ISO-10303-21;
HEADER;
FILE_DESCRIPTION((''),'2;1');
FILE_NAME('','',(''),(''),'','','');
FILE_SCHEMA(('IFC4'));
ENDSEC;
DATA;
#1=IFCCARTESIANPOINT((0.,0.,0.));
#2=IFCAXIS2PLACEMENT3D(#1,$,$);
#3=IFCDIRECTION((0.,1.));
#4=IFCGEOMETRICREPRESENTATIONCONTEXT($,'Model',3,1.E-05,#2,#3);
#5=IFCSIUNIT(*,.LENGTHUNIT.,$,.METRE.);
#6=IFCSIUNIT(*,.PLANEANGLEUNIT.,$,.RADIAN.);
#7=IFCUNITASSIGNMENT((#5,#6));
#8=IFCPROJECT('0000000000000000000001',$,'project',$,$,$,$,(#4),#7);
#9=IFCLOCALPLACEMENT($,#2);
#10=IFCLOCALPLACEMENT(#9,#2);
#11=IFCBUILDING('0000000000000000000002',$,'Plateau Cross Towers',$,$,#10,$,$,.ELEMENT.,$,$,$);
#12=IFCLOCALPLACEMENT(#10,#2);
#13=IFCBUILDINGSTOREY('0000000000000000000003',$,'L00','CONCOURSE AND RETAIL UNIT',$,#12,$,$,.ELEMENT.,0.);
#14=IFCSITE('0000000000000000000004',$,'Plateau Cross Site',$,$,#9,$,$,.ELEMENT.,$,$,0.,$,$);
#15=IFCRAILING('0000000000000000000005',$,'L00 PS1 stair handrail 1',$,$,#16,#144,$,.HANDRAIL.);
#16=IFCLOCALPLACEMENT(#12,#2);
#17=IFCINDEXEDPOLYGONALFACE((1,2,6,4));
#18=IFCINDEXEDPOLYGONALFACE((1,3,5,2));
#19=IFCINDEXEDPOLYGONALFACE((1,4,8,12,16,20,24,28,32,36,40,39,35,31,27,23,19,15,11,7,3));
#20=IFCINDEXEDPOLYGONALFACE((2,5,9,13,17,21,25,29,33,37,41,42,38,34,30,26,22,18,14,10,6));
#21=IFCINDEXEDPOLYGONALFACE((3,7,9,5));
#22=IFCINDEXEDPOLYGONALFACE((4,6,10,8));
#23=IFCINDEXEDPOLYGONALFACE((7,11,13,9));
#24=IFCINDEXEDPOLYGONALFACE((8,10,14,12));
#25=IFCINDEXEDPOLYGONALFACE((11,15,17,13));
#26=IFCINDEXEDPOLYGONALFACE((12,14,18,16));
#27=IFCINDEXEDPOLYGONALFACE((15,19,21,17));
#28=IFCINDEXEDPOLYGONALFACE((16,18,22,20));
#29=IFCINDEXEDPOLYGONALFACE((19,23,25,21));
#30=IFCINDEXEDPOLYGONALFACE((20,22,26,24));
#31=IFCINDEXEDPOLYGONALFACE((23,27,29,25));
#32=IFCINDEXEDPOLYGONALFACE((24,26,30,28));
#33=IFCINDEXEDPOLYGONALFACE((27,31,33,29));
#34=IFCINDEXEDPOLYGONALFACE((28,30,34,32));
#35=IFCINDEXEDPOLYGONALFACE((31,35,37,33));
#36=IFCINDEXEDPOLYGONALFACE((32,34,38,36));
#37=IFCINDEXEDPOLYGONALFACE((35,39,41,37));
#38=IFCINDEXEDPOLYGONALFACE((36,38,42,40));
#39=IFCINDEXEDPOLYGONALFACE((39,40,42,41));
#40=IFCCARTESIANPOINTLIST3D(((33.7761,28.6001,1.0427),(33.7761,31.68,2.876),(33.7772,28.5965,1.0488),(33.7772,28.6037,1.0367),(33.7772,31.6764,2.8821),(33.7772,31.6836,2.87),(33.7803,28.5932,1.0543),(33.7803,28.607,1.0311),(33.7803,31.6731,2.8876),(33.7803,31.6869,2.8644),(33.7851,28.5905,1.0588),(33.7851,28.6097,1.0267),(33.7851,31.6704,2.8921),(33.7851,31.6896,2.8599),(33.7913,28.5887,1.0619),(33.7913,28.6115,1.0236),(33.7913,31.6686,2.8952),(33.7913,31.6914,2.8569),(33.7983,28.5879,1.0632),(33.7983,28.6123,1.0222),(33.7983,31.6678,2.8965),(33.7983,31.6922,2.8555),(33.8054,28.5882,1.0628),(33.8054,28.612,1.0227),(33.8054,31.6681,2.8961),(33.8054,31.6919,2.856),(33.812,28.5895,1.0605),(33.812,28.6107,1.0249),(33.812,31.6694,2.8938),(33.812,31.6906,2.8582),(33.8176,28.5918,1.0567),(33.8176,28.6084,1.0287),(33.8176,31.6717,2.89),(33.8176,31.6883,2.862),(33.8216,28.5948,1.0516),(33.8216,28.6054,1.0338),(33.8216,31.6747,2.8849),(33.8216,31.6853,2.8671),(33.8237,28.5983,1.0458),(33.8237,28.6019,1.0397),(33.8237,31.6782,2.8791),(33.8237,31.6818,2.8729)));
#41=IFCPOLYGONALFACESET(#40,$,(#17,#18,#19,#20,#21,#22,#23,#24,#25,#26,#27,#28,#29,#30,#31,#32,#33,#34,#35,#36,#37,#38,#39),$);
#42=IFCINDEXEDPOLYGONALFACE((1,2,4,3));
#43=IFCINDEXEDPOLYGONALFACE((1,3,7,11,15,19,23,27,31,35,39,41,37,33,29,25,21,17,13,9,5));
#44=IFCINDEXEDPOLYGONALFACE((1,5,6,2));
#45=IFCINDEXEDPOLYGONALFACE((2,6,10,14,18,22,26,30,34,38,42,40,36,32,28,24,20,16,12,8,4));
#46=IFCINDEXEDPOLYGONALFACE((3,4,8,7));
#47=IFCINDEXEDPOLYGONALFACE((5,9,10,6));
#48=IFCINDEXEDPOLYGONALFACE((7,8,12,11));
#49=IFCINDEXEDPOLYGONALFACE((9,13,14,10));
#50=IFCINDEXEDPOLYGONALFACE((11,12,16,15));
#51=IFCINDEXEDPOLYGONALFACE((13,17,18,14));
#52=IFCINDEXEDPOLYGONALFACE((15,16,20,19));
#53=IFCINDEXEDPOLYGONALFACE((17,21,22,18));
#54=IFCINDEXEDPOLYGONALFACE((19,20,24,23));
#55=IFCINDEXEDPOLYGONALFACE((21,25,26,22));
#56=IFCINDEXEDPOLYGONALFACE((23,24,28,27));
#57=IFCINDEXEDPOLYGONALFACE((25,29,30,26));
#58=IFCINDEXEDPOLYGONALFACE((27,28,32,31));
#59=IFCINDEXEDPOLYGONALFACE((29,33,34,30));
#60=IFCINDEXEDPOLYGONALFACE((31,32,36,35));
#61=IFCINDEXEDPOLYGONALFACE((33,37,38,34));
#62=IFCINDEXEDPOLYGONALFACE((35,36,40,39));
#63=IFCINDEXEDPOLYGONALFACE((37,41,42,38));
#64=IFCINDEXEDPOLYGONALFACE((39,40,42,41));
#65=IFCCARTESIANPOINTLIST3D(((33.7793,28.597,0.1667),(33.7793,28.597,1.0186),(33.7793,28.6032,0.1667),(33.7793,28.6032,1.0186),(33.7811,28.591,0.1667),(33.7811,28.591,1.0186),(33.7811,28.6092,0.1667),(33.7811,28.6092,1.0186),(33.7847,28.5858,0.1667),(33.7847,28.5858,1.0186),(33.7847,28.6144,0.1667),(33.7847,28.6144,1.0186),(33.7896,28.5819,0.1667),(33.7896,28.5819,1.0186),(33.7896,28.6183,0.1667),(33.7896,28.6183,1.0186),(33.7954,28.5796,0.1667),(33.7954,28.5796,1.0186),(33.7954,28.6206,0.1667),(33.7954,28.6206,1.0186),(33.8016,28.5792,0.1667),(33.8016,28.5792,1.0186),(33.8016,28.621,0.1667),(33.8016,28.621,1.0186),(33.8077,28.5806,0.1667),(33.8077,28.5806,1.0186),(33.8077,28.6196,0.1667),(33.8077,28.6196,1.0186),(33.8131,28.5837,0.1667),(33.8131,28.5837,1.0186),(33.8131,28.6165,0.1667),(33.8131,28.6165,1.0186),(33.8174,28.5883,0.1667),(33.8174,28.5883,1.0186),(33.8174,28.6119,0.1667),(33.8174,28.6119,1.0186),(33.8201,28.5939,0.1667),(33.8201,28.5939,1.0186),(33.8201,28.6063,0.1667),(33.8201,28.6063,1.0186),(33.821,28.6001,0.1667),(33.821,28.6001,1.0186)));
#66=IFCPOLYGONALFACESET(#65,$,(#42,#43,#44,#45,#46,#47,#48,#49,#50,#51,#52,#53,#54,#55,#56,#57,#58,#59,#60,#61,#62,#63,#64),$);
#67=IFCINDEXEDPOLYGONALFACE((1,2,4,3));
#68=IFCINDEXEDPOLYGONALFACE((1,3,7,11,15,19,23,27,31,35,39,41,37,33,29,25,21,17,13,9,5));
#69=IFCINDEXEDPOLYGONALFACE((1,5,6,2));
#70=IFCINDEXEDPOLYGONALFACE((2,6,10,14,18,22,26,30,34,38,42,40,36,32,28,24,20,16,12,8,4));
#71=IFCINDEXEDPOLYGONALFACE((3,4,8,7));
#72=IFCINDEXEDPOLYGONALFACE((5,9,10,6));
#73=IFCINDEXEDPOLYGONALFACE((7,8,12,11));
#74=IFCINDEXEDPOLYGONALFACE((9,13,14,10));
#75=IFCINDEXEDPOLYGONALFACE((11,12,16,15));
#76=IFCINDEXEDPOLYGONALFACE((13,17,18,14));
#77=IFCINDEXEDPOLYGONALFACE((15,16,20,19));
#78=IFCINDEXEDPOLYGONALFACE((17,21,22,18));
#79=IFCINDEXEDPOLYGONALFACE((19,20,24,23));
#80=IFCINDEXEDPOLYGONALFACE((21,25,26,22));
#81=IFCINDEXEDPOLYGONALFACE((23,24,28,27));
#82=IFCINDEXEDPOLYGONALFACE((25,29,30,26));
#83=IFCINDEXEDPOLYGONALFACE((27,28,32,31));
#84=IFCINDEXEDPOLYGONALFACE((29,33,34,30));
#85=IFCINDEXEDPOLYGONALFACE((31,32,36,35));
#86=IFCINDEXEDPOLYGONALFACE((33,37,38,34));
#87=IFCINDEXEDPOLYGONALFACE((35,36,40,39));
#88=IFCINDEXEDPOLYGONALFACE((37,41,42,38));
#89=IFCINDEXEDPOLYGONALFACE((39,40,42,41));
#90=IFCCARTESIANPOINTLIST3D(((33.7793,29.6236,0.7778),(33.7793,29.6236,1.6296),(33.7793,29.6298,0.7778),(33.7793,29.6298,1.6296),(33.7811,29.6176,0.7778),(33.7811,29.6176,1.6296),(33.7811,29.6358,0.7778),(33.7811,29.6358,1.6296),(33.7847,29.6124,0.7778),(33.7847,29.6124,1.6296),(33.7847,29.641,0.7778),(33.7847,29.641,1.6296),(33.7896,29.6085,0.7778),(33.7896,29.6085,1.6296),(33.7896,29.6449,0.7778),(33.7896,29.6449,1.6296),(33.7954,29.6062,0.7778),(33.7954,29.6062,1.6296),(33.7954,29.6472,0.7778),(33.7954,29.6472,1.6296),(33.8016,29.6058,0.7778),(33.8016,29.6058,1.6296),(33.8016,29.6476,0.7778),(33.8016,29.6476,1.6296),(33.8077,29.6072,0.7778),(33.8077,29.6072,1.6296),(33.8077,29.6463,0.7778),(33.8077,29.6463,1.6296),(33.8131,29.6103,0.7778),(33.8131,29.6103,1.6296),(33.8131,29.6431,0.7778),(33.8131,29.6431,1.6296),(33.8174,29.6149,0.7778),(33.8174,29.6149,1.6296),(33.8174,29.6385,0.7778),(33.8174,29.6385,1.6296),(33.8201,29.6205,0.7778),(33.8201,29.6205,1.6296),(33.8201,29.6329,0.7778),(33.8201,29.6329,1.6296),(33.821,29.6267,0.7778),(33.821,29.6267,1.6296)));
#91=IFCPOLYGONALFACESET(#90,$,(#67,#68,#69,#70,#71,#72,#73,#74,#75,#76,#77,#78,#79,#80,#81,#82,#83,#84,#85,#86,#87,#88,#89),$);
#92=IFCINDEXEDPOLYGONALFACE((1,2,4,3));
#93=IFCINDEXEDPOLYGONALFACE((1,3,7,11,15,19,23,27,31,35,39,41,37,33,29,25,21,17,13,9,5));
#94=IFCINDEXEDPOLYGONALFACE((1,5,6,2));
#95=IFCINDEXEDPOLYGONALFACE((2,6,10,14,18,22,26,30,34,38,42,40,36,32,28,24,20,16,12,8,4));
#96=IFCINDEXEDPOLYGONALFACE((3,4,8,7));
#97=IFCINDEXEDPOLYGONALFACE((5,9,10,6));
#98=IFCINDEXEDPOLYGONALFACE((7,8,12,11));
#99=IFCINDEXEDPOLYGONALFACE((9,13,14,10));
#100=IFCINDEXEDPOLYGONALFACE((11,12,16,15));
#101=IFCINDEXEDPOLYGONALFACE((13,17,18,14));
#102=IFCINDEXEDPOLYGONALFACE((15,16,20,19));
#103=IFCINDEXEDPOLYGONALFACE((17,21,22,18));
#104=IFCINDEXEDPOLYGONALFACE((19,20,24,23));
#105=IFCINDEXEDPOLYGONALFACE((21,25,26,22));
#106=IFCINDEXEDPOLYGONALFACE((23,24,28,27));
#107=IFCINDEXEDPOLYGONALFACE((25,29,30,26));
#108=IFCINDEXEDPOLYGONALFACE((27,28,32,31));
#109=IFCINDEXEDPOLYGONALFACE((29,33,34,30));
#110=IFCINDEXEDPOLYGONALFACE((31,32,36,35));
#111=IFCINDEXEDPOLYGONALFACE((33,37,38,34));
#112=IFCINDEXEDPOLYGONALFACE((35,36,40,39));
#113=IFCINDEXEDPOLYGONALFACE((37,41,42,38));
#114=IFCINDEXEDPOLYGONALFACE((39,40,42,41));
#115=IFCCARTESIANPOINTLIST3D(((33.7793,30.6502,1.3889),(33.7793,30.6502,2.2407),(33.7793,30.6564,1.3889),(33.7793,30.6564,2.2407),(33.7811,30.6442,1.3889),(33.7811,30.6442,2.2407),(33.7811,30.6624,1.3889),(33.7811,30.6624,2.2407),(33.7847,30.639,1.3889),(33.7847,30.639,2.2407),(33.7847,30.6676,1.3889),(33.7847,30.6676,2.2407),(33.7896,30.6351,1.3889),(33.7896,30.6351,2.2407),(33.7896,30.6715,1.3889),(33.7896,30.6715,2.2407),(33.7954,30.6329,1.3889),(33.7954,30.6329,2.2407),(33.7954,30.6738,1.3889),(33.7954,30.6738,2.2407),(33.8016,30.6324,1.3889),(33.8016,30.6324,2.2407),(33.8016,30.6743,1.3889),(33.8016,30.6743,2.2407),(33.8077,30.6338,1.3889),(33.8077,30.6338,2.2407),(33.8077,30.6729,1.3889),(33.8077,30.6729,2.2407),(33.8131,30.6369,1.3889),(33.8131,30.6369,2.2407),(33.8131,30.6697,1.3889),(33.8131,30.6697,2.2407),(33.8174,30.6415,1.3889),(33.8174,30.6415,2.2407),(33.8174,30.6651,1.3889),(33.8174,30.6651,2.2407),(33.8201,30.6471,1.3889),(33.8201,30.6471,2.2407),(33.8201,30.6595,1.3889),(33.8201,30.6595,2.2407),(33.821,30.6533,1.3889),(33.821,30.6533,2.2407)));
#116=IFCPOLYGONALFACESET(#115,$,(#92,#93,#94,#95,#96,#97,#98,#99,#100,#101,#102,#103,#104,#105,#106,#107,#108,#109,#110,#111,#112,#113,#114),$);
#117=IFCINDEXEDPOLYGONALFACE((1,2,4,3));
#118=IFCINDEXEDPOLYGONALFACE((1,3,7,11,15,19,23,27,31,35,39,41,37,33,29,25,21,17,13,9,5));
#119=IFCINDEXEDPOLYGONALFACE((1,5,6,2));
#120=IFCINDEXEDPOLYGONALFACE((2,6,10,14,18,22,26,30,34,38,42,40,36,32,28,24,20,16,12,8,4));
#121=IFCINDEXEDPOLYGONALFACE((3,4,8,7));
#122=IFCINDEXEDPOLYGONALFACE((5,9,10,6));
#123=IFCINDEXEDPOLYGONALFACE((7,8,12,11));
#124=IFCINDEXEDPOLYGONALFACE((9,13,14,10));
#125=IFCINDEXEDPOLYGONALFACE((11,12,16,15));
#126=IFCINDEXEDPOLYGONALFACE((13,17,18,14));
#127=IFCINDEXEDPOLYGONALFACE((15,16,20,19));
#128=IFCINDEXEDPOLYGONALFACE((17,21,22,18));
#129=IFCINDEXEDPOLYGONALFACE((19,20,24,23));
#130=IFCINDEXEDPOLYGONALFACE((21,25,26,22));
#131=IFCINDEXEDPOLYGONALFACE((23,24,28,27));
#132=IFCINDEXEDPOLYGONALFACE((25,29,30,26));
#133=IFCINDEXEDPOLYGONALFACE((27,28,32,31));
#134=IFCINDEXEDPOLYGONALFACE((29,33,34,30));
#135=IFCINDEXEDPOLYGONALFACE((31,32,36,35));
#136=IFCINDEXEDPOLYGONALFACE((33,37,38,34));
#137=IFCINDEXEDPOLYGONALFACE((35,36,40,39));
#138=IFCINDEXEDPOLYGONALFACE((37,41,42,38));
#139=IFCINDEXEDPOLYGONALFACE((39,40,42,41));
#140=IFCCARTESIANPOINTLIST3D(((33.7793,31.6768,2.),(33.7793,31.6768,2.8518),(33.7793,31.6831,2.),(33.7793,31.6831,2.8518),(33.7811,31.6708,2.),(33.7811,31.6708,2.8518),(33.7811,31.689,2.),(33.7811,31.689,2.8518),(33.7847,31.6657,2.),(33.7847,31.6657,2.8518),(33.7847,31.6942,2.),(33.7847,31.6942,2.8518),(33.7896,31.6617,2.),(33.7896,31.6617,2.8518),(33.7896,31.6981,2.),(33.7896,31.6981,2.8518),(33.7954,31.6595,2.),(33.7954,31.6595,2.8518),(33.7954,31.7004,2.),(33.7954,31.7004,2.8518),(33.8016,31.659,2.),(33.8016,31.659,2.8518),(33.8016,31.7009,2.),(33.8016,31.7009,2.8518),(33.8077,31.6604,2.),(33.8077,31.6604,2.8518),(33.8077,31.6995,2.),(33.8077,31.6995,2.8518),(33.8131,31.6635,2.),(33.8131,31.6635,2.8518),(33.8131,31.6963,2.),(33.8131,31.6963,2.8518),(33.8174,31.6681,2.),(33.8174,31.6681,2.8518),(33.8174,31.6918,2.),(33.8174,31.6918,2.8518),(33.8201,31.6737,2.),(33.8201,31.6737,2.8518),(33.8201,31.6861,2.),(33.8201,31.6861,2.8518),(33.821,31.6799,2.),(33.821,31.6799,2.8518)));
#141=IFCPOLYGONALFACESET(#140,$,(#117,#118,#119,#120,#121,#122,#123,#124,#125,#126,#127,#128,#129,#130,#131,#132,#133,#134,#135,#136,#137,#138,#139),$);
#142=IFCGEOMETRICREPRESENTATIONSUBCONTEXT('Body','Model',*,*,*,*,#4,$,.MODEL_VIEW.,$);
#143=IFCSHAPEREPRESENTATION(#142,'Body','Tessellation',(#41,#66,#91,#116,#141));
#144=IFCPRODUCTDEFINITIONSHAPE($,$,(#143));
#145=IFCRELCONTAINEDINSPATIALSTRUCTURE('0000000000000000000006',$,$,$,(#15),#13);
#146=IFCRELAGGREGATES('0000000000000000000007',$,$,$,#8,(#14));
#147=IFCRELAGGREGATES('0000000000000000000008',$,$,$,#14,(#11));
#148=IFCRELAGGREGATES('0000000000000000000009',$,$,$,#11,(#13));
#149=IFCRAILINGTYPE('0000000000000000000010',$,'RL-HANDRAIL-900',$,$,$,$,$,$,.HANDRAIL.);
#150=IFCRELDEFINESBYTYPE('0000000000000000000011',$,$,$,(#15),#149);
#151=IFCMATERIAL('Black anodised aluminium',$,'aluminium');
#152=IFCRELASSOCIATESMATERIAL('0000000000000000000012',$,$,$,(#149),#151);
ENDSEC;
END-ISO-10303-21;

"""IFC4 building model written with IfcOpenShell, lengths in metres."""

from ifc_helpers import new_model, si_unit, direction, frame, origin, origin_2d, place, context, subcontext, project, spatial, circle, extrude, material, type_object, element, save


model = new_model("IFC4")

# Units and contexts
model_context = context("Model", 3, precision=1e-05, world=origin(), true_north=direction((0.0, 1.0)))
body_context = subcontext(model_context, "Body", "Model", "MODEL_VIEW")
ifc_project = project(units=[si_unit("LENGTHUNIT", "METRE"), si_unit("PLANEANGLEUNIT", "RADIAN")], contexts=[model_context])

# Site, building, storey
site_placement = place(None, origin())
site = spatial("IfcSite", under=ifc_project, at=site_placement, Name="Plateau Cross Site", CompositionType="ELEMENT", RefElevation=0.0)
building_placement = place(site_placement, origin())
building = spatial("IfcBuilding", under=site, at=building_placement, Name="Plateau Cross Towers", CompositionType="ELEMENT")
storey_placement = place(building_placement, origin())
storey = spatial("IfcBuildingStorey", under=building, at=storey_placement, Name="L00", Description="CONCOURSE AND RETAIL UNIT", CompositionType="ELEMENT", Elevation=0.0)

# Railing
ifc_material_1 = material(Name="Black anodised aluminium", Category="aluminium")
railing_type_1 = type_object("IfcRailingType", Name="RL-HANDRAIL-900", PredefinedType="HANDRAIL", material=ifc_material_1)
for number, where, name in (
    (1, (33.8, 28.6001, 0.1667), "L00 PS1 stair handrail 1"),
):
    element("IfcRailing", number, at=place(storey_placement, frame(where)), inside=storey, type_object=railing_type_1, Name=name, PredefinedType="HANDRAIL", context=body_context, shape_type="SweptSolid", body=[
        extrude(circle(Radius=0.0239, at=origin_2d()), frame((0.0, 0.0, 0.876), z_axis=(0.0, 0.859291, 0.511487), x_axis=(-1.0, 0.0, 0.0)), (0.0, 0.0, 1.0), 3.5842),
        extrude(circle(Radius=0.021, at=origin_2d()), origin(), (0.0, 0.0, 1.0), 0.8518),
        extrude(circle(Radius=0.021, at=origin_2d()), frame((0.0, 1.0266, 0.6111)), (0.0, 0.0, 1.0), 0.8518),
        extrude(circle(Radius=0.021, at=origin_2d()), frame((0.0, 2.0532, 1.2222)), (0.0, 0.0, 1.0), 0.8518),
        extrude(circle(Radius=0.021, at=origin_2d()), frame((0.0, 3.0798, 1.8333)), (0.0, 0.0, 1.0), 0.8518),
    ])

save(model, "model.ifc")
